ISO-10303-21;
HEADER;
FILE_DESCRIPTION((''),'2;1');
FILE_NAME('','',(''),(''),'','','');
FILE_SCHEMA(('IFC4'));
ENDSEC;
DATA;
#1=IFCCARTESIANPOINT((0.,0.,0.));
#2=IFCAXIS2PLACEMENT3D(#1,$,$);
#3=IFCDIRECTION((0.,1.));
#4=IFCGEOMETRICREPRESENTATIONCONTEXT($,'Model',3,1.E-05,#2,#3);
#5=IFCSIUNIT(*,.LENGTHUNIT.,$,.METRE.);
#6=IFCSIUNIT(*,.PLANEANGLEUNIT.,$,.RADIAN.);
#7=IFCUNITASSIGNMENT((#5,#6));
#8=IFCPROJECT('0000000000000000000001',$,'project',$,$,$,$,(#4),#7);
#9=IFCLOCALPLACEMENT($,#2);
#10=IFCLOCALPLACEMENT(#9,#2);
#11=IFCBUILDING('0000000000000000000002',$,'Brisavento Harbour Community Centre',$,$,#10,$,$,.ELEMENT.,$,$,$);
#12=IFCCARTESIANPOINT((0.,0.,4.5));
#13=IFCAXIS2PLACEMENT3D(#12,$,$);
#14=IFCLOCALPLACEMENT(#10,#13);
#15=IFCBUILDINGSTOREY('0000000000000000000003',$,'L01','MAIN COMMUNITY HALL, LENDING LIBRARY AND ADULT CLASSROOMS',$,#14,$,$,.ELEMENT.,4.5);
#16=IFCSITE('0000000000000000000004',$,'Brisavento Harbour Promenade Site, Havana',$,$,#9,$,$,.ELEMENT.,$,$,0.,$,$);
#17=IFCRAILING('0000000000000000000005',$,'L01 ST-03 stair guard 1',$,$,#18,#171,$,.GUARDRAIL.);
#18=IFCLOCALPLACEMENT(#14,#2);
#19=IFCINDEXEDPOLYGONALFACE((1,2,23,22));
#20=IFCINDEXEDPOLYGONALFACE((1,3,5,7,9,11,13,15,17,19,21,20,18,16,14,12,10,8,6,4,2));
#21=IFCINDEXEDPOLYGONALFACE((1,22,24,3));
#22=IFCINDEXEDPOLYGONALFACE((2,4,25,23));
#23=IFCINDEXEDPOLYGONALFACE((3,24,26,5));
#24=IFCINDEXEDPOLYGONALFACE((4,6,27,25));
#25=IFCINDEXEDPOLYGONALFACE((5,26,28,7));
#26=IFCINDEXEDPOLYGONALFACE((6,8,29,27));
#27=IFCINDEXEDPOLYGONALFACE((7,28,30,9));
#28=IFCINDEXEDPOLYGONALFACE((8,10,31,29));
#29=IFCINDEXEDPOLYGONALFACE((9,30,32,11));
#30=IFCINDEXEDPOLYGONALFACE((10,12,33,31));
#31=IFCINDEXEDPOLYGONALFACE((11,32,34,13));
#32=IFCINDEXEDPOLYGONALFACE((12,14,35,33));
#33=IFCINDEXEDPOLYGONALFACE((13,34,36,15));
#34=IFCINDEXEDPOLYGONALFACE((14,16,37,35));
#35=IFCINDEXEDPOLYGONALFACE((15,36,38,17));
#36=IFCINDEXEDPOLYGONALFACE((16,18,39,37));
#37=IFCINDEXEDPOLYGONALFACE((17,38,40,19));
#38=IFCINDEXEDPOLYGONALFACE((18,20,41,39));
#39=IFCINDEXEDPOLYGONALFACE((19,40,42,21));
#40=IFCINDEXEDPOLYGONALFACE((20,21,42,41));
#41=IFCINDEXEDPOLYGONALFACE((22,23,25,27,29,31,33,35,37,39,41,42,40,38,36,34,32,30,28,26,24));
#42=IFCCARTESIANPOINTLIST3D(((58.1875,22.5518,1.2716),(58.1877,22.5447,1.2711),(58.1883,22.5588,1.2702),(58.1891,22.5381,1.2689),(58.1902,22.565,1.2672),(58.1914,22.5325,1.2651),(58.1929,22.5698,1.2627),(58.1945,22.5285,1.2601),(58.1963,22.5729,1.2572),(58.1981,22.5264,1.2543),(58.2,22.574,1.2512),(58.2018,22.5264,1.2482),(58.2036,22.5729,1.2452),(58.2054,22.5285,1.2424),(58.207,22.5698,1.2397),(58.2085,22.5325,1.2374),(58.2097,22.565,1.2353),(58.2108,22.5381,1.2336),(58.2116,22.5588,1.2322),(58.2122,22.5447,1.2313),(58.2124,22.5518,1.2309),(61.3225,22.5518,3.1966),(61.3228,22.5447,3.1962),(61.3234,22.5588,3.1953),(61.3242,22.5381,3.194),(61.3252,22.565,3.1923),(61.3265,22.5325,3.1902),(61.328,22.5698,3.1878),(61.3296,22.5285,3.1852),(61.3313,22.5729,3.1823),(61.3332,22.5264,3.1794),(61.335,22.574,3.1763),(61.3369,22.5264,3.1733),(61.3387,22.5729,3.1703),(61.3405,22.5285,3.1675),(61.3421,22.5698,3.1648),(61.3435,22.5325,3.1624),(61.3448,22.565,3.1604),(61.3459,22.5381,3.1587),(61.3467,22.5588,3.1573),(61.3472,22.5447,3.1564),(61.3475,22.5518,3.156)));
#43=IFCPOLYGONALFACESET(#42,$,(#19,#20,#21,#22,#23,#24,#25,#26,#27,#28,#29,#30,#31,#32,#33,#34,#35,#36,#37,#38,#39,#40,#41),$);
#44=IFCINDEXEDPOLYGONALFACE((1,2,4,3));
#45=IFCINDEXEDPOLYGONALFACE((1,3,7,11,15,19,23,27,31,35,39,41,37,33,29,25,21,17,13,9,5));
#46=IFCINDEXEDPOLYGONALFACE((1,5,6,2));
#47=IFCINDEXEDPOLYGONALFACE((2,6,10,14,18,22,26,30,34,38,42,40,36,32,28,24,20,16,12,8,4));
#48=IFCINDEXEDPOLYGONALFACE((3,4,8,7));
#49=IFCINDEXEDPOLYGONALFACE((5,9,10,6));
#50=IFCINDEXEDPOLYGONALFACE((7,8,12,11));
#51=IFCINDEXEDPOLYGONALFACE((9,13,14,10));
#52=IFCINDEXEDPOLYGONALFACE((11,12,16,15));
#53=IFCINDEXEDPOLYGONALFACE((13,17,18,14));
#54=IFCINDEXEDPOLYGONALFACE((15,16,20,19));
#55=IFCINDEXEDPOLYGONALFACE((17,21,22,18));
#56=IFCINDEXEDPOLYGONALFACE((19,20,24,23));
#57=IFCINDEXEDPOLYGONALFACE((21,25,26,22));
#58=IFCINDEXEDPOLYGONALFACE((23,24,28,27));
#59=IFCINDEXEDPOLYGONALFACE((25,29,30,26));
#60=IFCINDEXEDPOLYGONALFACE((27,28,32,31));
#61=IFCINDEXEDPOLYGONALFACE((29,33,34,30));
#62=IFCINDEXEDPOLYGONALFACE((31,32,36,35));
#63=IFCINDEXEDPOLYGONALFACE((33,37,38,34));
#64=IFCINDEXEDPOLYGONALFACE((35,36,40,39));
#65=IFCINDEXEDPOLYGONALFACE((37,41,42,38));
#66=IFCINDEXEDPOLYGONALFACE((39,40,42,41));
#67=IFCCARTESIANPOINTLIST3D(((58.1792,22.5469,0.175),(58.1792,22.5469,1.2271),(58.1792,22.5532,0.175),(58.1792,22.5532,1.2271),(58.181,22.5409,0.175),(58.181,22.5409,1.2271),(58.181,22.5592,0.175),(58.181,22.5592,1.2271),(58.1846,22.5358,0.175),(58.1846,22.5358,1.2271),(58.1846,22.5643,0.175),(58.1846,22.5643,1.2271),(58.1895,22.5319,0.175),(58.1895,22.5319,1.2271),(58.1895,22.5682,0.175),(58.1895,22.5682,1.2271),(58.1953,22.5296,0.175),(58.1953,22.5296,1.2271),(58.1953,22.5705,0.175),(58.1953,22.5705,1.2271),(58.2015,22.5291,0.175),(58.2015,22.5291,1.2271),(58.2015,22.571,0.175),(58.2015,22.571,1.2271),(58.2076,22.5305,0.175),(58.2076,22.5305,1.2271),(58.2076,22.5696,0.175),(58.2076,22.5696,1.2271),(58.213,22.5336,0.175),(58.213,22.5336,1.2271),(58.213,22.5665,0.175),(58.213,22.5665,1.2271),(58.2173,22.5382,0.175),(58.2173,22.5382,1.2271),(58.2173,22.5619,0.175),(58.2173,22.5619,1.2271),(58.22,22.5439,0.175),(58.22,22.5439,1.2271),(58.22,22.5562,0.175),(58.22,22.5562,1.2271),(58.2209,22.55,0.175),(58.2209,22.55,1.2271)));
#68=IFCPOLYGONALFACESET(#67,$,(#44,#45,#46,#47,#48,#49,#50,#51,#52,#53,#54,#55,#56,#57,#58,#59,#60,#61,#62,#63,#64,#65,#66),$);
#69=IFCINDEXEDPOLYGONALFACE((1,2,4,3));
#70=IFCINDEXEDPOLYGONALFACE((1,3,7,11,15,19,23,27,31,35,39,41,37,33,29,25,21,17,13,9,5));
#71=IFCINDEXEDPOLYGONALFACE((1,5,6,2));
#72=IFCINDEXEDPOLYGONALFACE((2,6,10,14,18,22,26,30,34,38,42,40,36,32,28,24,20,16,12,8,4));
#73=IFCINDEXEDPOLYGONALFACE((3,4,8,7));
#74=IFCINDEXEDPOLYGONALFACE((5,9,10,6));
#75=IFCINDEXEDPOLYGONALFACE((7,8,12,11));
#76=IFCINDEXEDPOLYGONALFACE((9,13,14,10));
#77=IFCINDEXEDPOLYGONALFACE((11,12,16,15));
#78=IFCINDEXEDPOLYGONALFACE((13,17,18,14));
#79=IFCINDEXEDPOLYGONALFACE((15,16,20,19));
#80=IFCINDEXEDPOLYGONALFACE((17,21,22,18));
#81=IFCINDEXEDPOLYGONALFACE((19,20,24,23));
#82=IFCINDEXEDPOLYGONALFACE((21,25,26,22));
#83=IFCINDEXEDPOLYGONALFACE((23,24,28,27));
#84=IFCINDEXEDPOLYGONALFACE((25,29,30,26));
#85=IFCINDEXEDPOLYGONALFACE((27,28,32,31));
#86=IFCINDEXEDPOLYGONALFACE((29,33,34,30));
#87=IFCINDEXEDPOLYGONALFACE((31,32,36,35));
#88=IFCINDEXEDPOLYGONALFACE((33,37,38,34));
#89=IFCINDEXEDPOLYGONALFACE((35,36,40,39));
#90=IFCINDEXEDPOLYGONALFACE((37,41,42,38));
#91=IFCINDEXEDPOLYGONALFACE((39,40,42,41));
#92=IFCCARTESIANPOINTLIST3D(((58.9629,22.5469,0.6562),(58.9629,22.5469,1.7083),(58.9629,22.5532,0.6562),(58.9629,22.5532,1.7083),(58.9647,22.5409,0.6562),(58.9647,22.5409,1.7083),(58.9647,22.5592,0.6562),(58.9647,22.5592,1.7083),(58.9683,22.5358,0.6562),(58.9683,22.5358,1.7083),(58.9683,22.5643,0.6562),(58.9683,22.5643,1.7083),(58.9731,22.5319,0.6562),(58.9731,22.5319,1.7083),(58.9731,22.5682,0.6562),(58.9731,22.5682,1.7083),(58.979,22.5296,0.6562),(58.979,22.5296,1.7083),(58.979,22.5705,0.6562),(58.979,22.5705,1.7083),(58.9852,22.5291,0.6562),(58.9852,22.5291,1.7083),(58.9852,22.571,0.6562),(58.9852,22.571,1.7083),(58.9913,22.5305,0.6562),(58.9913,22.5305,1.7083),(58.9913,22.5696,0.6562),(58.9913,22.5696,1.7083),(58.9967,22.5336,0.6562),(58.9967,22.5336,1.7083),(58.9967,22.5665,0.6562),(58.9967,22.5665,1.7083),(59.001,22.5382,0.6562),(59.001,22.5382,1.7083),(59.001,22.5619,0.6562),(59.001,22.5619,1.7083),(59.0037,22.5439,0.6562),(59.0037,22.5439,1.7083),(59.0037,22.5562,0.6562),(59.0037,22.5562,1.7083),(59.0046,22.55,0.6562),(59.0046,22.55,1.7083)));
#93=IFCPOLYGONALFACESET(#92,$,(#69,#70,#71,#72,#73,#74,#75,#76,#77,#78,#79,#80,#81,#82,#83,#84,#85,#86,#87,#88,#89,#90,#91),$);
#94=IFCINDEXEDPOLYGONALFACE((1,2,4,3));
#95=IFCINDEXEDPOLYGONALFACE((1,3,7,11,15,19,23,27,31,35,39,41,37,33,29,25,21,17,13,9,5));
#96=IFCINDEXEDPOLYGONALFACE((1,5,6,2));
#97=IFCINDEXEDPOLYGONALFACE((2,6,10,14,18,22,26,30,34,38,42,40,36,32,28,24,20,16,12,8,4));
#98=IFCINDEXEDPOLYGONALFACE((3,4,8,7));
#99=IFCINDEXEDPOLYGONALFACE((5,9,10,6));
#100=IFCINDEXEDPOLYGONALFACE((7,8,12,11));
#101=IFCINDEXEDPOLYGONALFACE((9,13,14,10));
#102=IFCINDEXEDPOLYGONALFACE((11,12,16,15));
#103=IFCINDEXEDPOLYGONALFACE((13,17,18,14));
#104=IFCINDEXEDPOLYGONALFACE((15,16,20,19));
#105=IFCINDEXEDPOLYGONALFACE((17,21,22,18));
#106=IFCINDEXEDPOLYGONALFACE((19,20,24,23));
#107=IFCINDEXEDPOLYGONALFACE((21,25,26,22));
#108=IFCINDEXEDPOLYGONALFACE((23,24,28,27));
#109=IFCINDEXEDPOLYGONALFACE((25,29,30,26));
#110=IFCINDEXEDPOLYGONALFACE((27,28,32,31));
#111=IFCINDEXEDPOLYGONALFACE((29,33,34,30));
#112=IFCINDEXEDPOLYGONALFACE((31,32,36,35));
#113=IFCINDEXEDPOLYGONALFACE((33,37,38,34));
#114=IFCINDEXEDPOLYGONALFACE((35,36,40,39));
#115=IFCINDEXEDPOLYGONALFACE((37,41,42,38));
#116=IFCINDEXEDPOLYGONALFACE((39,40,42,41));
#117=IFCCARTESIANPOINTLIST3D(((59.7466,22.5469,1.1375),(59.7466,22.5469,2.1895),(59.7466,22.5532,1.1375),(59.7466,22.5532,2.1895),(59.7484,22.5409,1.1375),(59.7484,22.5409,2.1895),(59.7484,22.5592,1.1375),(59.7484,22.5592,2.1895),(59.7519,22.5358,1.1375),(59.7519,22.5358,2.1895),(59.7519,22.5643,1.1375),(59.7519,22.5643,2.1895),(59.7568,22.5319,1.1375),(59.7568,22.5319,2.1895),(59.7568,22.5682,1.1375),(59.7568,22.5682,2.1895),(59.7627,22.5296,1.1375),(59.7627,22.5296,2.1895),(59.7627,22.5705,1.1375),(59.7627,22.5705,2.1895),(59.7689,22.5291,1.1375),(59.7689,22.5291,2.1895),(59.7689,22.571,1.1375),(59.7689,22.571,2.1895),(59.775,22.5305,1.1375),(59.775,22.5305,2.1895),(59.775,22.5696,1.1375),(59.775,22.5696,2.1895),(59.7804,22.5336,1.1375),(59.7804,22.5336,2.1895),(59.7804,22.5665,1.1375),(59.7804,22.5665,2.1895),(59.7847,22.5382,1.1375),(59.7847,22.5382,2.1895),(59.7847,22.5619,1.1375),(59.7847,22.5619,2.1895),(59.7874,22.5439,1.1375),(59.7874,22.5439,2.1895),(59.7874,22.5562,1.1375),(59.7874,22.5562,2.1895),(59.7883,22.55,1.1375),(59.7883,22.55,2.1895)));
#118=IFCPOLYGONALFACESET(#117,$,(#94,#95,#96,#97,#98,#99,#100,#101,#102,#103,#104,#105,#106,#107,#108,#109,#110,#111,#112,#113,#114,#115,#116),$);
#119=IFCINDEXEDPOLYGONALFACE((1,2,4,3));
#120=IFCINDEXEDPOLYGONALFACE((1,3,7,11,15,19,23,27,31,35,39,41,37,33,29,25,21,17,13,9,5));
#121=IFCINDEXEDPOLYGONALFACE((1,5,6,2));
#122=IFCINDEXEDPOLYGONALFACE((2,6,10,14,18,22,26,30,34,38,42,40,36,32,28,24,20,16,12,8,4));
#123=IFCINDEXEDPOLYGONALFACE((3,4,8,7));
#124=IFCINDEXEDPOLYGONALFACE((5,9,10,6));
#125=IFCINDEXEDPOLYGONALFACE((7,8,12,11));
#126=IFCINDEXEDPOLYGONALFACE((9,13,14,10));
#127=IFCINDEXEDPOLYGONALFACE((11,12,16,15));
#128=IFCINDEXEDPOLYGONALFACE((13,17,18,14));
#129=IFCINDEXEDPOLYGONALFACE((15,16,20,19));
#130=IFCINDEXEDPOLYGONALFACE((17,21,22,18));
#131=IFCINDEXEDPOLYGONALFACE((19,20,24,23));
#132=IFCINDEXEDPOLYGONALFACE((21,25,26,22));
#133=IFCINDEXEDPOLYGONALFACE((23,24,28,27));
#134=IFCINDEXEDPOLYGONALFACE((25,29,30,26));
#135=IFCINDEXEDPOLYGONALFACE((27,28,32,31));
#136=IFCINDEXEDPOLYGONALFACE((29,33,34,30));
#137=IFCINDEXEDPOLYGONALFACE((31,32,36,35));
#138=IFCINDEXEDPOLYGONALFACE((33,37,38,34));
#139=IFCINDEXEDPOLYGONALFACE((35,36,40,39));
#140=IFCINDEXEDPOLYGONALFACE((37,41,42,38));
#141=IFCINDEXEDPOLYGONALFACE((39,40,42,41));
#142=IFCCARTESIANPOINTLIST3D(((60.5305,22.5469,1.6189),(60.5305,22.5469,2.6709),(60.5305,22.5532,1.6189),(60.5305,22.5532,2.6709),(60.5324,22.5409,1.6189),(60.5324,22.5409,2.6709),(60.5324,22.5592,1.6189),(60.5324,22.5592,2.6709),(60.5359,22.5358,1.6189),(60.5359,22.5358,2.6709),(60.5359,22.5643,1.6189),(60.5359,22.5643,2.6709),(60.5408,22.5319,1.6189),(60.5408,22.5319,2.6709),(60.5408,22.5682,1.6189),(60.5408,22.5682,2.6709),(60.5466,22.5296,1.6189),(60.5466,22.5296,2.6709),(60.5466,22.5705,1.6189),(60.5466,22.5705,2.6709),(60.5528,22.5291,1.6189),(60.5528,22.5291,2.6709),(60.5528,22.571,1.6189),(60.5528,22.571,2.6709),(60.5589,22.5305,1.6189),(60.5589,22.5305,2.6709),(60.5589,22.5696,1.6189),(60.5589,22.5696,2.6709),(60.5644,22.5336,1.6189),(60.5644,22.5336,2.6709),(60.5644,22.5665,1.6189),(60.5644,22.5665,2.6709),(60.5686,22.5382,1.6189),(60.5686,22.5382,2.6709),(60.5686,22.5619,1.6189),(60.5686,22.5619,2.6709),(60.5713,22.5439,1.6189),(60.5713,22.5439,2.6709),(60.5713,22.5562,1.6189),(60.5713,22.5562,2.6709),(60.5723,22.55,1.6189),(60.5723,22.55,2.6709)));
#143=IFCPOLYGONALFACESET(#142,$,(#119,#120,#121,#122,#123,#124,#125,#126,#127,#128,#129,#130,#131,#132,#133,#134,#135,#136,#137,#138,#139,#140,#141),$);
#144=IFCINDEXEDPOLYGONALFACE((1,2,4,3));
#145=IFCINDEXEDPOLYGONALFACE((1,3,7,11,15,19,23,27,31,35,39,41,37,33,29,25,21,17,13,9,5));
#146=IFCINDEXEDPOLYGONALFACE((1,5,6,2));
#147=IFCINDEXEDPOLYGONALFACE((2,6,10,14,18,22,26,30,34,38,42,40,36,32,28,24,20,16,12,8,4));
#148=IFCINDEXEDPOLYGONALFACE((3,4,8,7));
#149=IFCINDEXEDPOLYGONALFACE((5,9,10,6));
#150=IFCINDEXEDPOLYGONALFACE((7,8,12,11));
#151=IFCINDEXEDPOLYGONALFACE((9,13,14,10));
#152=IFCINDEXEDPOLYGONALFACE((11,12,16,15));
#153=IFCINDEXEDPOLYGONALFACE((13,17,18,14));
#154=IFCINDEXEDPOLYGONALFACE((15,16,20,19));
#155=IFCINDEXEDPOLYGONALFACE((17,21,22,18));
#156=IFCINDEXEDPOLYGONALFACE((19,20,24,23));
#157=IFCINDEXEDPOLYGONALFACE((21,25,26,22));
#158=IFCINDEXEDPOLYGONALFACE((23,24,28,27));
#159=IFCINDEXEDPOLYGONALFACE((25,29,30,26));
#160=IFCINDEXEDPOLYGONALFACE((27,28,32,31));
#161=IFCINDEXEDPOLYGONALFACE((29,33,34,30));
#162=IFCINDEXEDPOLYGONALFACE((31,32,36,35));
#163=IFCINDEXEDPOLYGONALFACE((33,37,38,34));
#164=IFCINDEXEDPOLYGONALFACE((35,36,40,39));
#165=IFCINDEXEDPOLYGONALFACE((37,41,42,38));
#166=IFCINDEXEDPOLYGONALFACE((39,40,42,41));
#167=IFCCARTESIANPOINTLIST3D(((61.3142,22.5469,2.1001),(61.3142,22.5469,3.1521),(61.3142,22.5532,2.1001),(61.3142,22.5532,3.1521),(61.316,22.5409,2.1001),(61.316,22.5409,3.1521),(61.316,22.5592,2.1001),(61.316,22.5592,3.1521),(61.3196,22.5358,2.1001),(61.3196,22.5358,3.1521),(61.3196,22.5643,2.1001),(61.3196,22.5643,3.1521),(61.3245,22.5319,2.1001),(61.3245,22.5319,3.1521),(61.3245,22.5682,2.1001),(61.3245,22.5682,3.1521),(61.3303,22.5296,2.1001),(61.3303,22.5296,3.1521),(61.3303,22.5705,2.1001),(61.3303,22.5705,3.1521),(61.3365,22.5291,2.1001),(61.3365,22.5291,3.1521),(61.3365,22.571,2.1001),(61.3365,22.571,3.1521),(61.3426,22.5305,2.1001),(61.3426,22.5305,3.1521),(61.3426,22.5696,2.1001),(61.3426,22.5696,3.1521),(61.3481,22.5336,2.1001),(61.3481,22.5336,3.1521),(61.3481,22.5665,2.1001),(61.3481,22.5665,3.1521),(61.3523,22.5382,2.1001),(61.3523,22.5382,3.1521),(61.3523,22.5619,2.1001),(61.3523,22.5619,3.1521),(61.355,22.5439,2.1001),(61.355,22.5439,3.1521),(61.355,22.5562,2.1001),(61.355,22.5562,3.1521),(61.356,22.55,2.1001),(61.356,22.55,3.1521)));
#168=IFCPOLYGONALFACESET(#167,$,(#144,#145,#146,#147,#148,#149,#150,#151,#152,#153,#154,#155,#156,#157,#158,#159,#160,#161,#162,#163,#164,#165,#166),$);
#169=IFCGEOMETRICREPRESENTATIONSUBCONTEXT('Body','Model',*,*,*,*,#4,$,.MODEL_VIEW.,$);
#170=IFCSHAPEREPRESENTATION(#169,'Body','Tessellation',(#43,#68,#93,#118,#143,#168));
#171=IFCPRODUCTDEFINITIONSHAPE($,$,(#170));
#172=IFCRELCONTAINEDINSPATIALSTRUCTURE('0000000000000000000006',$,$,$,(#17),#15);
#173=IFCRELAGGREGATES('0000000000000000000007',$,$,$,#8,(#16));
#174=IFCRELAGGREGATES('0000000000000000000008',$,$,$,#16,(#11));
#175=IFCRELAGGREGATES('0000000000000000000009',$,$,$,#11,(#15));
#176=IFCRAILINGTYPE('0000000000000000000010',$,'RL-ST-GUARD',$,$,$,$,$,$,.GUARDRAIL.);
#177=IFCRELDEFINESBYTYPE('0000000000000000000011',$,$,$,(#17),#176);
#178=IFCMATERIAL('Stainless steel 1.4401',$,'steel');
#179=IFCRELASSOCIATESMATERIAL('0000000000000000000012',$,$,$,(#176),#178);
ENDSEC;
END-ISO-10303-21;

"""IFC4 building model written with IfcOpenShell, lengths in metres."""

from ifc_helpers import new_model, si_unit, direction, frame, origin, origin_2d, place, context, subcontext, project, spatial, circle, extrude, material, type_object, element, save


model = new_model("IFC4")

# Units and contexts
model_context = context("Model", 3, precision=1e-05, world=origin(), true_north=direction((0.0, 1.0)))
body_context = subcontext(model_context, "Body", "Model", "MODEL_VIEW")
ifc_project = project(units=[si_unit("LENGTHUNIT", "METRE"), si_unit("PLANEANGLEUNIT", "RADIAN")], contexts=[model_context])

# Site, building, storey
site_placement = place(None, origin())
site = spatial("IfcSite", under=ifc_project, at=site_placement, Name="Brisavento Harbour Promenade Site, Havana", CompositionType="ELEMENT", RefElevation=0.0)
building_placement = place(site_placement, origin())
building = spatial("IfcBuilding", under=site, at=building_placement, Name="Brisavento Harbour Community Centre", CompositionType="ELEMENT")
storey_placement = place(building_placement, frame((0.0, 0.0, 4.5)))
storey = spatial("IfcBuildingStorey", under=building, at=storey_placement, Name="L01", Description="MAIN COMMUNITY HALL, LENDING LIBRARY AND ADULT CLASSROOMS", CompositionType="ELEMENT", Elevation=4.5)

# Shared definitions
ifc_material_1 = material(Name="Stainless steel 1.4401", Category="steel")

# Railing
railing_type_1 = type_object("IfcRailingType", Name="RL-ST-GUARD", PredefinedType="GUARDRAIL", material=ifc_material_1)
railing_1_placement = place(storey_placement, frame((58.2, 22.55, 0.175)))
element("IfcRailing", 1, at=railing_1_placement, inside=storey, type_object=railing_type_1, Name="L01 ST-03 stair guard 1", PredefinedType="GUARDRAIL", context=body_context, shape_type="SweptSolid", body=[
    extrude(circle(Radius=0.0239, at=origin_2d()), frame((0.0, 0.0, 1.0762), z_axis=(0.852166, 0.0, 0.523271), x_axis=(0.0, 1.0, 0.0)), (0.0, 0.0, 1.0), 3.679),
    extrude(circle(Radius=0.021, at=origin_2d()), origin(), (0.0, 0.0, 1.0), 1.052),
    extrude(circle(Radius=0.021, at=origin_2d()), frame((0.7837, 0.0, 0.4812)), (0.0, 0.0, 1.0), 1.052),
    extrude(circle(Radius=0.021, at=origin_2d()), frame((1.5674, 0.0, 0.9624)), (0.0, 0.0, 1.0), 1.052),
    extrude(circle(Radius=0.021, at=origin_2d()), frame((2.3513, 0.0, 1.4438)), (0.0, 0.0, 1.0), 1.052),
    extrude(circle(Radius=0.021, at=origin_2d()), frame((3.135, 0.0, 1.925)), (0.0, 0.0, 1.0), 1.052),
])

save(model, "model.ifc")
